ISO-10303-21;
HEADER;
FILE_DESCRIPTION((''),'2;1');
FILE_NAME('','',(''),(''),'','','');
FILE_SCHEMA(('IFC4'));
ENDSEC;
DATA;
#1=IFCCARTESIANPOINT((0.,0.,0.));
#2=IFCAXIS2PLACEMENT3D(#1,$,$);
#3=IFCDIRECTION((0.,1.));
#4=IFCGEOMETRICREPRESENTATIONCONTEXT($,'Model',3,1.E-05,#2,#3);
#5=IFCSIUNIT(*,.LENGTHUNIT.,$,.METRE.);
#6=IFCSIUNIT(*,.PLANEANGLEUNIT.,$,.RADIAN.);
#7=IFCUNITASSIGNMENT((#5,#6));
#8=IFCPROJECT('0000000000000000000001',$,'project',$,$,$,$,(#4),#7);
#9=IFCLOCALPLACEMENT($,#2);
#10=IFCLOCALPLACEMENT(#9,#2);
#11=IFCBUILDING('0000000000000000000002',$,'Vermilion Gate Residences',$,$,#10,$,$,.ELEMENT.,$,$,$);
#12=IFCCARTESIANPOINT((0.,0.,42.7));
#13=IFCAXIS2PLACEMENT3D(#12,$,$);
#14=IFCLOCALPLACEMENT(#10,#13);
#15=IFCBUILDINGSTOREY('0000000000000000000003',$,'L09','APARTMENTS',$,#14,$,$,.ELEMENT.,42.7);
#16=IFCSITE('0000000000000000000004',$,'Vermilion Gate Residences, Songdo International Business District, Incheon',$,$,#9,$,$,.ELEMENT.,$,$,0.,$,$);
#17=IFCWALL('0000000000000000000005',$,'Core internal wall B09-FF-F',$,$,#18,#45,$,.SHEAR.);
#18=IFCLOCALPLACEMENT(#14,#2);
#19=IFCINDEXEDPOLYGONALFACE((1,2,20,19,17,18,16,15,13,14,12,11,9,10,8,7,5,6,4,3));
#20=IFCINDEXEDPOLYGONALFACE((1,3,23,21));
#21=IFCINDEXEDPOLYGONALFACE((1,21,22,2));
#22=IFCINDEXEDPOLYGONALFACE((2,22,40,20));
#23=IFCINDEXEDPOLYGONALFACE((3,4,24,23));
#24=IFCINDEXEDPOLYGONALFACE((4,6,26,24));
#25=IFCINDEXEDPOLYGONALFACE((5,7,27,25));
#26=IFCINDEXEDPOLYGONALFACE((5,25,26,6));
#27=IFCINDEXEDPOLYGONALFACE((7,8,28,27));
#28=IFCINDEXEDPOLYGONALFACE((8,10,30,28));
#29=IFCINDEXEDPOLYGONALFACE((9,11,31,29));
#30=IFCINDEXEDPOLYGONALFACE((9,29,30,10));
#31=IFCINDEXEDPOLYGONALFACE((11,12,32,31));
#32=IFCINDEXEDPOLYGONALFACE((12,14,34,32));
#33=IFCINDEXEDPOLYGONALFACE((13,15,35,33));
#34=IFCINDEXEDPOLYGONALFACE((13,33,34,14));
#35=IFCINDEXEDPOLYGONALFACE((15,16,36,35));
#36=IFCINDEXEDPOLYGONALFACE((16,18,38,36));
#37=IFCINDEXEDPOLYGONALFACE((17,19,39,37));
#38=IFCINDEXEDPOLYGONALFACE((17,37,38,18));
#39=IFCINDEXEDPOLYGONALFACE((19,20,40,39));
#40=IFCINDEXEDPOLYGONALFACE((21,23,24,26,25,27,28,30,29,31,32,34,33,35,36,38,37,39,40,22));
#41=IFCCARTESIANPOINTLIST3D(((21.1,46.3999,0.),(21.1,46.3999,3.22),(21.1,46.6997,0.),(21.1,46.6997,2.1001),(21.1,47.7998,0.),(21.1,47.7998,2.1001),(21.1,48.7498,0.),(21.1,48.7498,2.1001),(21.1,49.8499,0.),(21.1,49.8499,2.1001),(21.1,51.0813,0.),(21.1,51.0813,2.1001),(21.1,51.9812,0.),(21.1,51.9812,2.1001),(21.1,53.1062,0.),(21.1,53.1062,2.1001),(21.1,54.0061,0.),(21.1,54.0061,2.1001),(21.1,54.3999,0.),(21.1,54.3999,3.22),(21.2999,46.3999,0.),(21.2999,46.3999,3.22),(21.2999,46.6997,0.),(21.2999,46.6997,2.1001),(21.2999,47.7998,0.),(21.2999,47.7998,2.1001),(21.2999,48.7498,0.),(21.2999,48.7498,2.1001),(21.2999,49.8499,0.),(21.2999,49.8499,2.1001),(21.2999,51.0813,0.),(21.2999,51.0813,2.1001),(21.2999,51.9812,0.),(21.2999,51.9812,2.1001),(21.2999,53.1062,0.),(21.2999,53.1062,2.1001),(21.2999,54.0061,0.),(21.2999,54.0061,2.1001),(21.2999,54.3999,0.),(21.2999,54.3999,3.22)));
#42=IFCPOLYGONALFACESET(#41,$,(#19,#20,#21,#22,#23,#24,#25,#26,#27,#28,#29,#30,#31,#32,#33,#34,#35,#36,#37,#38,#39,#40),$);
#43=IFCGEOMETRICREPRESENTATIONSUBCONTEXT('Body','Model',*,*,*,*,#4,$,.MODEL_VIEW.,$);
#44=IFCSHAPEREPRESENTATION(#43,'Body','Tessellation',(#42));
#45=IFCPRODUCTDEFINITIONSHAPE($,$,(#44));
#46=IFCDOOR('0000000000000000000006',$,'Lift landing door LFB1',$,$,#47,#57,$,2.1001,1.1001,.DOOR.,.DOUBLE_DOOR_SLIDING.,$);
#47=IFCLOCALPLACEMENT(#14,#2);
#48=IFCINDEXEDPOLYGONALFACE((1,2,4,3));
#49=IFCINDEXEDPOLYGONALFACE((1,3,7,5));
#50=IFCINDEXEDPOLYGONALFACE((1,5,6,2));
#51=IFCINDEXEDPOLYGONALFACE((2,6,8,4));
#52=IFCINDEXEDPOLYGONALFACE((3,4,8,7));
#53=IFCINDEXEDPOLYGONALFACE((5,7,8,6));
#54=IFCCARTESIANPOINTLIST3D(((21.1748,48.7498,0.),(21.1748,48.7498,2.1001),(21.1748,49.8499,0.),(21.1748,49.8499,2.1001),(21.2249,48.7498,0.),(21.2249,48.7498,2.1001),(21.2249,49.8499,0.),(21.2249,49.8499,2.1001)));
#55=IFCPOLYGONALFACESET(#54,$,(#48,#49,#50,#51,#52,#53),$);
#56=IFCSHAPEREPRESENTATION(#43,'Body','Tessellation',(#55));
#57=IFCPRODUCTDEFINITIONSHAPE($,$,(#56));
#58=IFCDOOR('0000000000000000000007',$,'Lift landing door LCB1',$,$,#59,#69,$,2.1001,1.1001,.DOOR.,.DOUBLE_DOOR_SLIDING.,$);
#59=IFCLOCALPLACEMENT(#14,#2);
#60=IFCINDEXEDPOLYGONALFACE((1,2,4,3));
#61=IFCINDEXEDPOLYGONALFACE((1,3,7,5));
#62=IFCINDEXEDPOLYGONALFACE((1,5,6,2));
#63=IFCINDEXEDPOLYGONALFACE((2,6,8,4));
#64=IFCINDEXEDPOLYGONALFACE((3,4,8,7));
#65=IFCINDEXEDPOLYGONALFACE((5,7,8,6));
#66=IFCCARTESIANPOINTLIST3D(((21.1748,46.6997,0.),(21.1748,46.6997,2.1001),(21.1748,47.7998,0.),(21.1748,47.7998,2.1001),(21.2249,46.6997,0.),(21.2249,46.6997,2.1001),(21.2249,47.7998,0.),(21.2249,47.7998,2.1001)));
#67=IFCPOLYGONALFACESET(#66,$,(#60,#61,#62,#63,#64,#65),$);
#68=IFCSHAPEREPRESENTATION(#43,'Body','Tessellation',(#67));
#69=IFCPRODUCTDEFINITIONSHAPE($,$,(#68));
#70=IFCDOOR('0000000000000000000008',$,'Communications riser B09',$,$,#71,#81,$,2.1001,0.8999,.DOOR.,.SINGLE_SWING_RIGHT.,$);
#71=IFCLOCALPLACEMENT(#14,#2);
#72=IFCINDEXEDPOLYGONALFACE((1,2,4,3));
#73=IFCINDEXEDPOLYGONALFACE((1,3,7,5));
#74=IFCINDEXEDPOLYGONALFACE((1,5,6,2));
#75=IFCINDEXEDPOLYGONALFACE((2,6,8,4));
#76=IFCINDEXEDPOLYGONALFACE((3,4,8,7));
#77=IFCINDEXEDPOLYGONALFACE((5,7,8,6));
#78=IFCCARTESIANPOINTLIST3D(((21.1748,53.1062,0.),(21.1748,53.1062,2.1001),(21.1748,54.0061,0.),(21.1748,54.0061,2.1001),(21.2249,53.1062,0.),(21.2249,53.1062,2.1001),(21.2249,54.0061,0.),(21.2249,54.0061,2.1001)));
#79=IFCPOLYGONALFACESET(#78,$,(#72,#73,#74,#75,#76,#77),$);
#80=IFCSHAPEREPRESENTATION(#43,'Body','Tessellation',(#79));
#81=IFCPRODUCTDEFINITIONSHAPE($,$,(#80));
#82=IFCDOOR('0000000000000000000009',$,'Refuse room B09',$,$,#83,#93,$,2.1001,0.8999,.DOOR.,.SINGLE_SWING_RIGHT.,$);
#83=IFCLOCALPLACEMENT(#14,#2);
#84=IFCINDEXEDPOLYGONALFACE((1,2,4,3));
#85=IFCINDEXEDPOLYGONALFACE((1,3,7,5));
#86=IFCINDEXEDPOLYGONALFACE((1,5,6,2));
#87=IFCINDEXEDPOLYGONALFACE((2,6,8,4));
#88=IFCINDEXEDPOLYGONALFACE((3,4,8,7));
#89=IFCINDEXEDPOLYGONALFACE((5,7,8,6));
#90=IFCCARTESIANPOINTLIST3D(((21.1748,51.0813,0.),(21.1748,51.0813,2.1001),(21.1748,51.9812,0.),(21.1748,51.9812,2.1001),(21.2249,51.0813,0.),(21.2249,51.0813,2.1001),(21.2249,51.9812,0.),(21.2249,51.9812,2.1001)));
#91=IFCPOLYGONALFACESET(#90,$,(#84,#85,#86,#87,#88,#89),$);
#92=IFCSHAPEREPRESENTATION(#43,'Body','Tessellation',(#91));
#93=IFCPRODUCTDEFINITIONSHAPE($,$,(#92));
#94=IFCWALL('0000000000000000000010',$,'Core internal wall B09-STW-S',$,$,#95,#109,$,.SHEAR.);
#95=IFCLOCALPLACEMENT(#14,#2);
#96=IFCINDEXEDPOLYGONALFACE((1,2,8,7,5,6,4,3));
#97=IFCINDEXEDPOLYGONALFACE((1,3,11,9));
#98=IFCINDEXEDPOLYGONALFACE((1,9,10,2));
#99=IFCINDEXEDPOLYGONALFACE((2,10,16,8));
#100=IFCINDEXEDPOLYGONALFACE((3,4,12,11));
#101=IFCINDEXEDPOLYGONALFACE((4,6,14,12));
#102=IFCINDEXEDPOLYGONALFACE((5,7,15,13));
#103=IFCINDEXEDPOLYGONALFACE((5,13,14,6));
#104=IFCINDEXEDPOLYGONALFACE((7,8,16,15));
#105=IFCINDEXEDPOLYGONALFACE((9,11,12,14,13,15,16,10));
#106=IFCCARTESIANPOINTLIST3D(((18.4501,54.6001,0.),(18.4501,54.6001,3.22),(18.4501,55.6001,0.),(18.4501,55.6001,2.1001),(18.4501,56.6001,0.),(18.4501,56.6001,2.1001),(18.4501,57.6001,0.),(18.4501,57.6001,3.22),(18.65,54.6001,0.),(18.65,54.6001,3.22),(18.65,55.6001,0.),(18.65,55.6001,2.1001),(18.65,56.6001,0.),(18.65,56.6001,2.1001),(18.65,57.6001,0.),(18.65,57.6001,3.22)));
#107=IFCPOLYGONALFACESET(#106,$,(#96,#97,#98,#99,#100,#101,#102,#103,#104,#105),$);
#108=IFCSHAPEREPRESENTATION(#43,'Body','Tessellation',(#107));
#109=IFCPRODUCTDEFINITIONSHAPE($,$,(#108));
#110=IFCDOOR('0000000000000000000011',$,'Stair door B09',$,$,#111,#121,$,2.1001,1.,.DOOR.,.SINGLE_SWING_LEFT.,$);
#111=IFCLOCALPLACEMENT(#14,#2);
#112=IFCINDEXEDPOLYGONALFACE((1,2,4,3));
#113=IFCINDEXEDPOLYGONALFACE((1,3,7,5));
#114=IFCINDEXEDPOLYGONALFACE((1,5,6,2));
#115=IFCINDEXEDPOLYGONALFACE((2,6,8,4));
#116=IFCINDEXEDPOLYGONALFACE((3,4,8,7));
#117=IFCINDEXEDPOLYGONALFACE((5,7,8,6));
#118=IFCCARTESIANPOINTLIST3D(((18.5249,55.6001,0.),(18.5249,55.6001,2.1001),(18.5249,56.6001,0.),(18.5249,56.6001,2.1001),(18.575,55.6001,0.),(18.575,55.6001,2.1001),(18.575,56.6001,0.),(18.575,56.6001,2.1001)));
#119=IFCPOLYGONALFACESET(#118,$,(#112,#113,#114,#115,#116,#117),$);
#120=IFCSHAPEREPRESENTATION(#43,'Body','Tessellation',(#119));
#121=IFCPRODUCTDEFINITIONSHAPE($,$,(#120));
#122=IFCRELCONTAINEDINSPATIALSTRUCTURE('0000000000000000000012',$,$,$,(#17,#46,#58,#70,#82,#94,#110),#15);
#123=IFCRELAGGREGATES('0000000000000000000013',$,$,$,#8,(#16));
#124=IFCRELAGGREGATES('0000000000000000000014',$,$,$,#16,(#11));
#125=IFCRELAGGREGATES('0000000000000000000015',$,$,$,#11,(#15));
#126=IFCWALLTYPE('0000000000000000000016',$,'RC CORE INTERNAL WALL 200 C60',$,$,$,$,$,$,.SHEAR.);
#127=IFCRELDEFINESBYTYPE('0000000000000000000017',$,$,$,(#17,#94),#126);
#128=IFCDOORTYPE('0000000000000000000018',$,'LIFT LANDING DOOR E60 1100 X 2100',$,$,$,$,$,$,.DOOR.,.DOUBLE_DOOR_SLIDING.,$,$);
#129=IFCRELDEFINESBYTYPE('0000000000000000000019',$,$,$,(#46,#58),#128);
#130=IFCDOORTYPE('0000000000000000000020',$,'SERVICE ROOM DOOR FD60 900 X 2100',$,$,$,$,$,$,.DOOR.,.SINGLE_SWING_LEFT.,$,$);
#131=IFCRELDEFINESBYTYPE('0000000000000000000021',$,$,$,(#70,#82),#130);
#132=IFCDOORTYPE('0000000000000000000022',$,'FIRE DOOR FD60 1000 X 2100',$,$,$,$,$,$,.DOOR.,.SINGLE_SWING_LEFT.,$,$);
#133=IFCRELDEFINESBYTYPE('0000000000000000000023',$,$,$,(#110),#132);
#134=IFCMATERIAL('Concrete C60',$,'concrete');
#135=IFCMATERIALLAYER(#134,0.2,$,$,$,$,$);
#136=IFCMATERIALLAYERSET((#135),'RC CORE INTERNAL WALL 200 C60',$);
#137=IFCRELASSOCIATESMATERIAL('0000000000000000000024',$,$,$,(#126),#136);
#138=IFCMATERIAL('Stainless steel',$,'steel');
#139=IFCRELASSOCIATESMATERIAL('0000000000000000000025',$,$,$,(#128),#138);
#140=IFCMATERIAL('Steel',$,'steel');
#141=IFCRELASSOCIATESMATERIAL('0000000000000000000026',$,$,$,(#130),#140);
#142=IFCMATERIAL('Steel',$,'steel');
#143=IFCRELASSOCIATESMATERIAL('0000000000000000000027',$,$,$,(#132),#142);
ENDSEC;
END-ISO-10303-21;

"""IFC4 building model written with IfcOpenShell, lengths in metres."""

from ifc_helpers import new_model, si_unit, direction, frame, frame_2d, origin, place, context, subcontext, project, spatial, rectangle, extrude, material, layer, layer_set, type_object, element, fill, save


model = new_model("IFC4")

# Units and contexts
model_context = context("Model", 3, precision=1e-05, world=origin(), true_north=direction((0.0, 1.0)))
body_context = subcontext(model_context, "Body", "Model", "MODEL_VIEW")
ifc_project = project(units=[si_unit("LENGTHUNIT", "METRE"), si_unit("PLANEANGLEUNIT", "RADIAN")], contexts=[model_context])

# Site, building, storey
site_placement = place(None, origin())
site = spatial("IfcSite", under=ifc_project, at=site_placement, Name="Vermilion Gate Residences, Songdo International Business District, Incheon", CompositionType="ELEMENT", RefElevation=0.0)
building_placement = place(site_placement, origin())
building = spatial("IfcBuilding", under=site, at=building_placement, Name="Vermilion Gate Residences", CompositionType="ELEMENT")
storey_placement = place(building_placement, frame((0.0, 0.0, 42.7)))
storey = spatial("IfcBuildingStorey", under=building, at=storey_placement, Name="L09", Description="APARTMENTS", CompositionType="ELEMENT", Elevation=42.7)

# Wall, openings, doors
ifc_material_1 = material(Name="Concrete C60", Category="concrete")
ifc_layer_1 = layer(ifc_material_1, 0.2)
ifc_layer_set_1 = layer_set([ifc_layer_1], Name="RC CORE INTERNAL WALL 200 C60")
wall_type_1 = type_object("IfcWallType", Name="RC CORE INTERNAL WALL 200 C60", PredefinedType="SHEAR", material=ifc_layer_set_1)
wall_1_placement = place(storey_placement, frame((21.2, 54.3999, 0.0), z_axis=(0.0, 0.0, 1.0), x_axis=(0.0, -1.0, 0.0)))
wall_1 = element("IfcWall", 1, at=wall_1_placement, inside=storey, type_object=wall_type_1, Name="Core internal wall B09-FF-F", PredefinedType="SHEAR", context=body_context, shape_type="SweptSolid", body=[
    extrude(rectangle(XDim=8.0, YDim=0.2, at=frame_2d((4.0, 0.0))), origin(), (0.0, 0.0, 1.0), 3.22),
])
opening_1_placement = place(wall_1_placement, frame((0.3938, 0.0, 0.0)))
opening_1 = element("IfcOpeningElement", 2, at=opening_1_placement, cuts=wall_1, PredefinedType="OPENING", context=body_context, shape_type="SweptSolid", body=[
    extrude(rectangle(XDim=0.8999, YDim=2.1001, at=frame_2d((0.45, 1.05))), frame((0.0, 0.1099, 0.0), z_axis=(0.0, -1.0, 0.0), x_axis=(1.0, 0.0, 0.0)), (0.0, 0.0, 1.0), 0.22),
])
opening_2_placement = place(wall_1_placement, frame((2.4187, 0.0, 0.0)))
opening_2 = element("IfcOpeningElement", 3, at=opening_2_placement, cuts=wall_1, PredefinedType="OPENING", context=body_context, shape_type="SweptSolid", body=[
    extrude(rectangle(XDim=0.8999, YDim=2.1001, at=frame_2d((0.45, 1.05))), frame((0.0, 0.1099, 0.0), z_axis=(0.0, -1.0, 0.0), x_axis=(1.0, 0.0, 0.0)), (0.0, 0.0, 1.0), 0.22),
])
opening_3_placement = place(wall_1_placement, frame((4.55, 0.0, 0.0)))
opening_3 = element("IfcOpeningElement", 4, at=opening_3_placement, cuts=wall_1, PredefinedType="OPENING", context=body_context, shape_type="SweptSolid", body=[
    extrude(rectangle(XDim=1.1001, YDim=2.1001, at=frame_2d((0.55, 1.05))), frame((0.0, 0.1099, 0.0), z_axis=(0.0, -1.0, 0.0), x_axis=(1.0, 0.0, 0.0)), (0.0, 0.0, 1.0), 0.22),
])
opening_4_placement = place(wall_1_placement, frame((6.6001, 0.0, 0.0)))
opening_4 = element("IfcOpeningElement", 5, at=opening_4_placement, cuts=wall_1, PredefinedType="OPENING", context=body_context, shape_type="SweptSolid", body=[
    extrude(rectangle(XDim=1.1001, YDim=2.1001, at=frame_2d((0.55, 1.05))), frame((0.0, 0.1099, 0.0), z_axis=(0.0, -1.0, 0.0), x_axis=(1.0, 0.0, 0.0)), (0.0, 0.0, 1.0), 0.22),
])
ifc_material_2 = material(Name="Stainless steel", Category="steel")
door_type_1 = type_object("IfcDoorType", Name="LIFT LANDING DOOR E60 1100 X 2100", OperationType="DOUBLE_DOOR_SLIDING", PredefinedType="DOOR", material=ifc_material_2)
door_1_placement = place(opening_3_placement, origin())
door_1 = element("IfcDoor", 6, at=door_1_placement, inside=storey, type_object=door_type_1, Name="Lift landing door LFB1", OperationType="DOUBLE_DOOR_SLIDING", OverallHeight=2.1001, OverallWidth=1.1001, PredefinedType="DOOR", context=body_context, shape_type="SweptSolid", body=[
    extrude(rectangle(XDim=1.1001, YDim=2.1001, at=frame_2d((0.55, 1.05))), frame((0.0, 0.0249, 0.0), z_axis=(0.0, -1.0, 0.0), x_axis=(1.0, 0.0, 0.0)), (0.0, 0.0, 1.0), 0.05),
])
fill(opening_3, door_1)
door_2_placement = place(opening_4_placement, origin())
door_2 = element("IfcDoor", 7, at=door_2_placement, inside=storey, type_object=door_type_1, Name="Lift landing door LCB1", OperationType="DOUBLE_DOOR_SLIDING", OverallHeight=2.1001, OverallWidth=1.1001, PredefinedType="DOOR", context=body_context, shape_type="SweptSolid", body=[
    extrude(rectangle(XDim=1.1001, YDim=2.1001, at=frame_2d((0.55, 1.05))), frame((0.0, 0.0249, 0.0), z_axis=(0.0, -1.0, 0.0), x_axis=(1.0, 0.0, 0.0)), (0.0, 0.0, 1.0), 0.05),
])
fill(opening_4, door_2)
ifc_material_3 = material(Name="Steel", Category="steel")
door_type_2 = type_object("IfcDoorType", Name="SERVICE ROOM DOOR FD60 900 X 2100", OperationType="SINGLE_SWING_LEFT", PredefinedType="DOOR", material=ifc_material_3)
door_3_placement = place(opening_1_placement, origin())
door_3 = element("IfcDoor", 8, at=door_3_placement, inside=storey, type_object=door_type_2, Name="Communications riser B09", OperationType="SINGLE_SWING_RIGHT", OverallHeight=2.1001, OverallWidth=0.8999, PredefinedType="DOOR", context=body_context, shape_type="SweptSolid", body=[
    extrude(rectangle(XDim=0.8999, YDim=2.1001, at=frame_2d((0.45, 1.05))), frame((0.0, 0.0249, 0.0), z_axis=(0.0, -1.0, 0.0), x_axis=(1.0, 0.0, 0.0)), (0.0, 0.0, 1.0), 0.05),
])
fill(opening_1, door_3)
door_4_placement = place(opening_2_placement, origin())
door_4 = element("IfcDoor", 9, at=door_4_placement, inside=storey, type_object=door_type_2, Name="Refuse room B09", OperationType="SINGLE_SWING_RIGHT", OverallHeight=2.1001, OverallWidth=0.8999, PredefinedType="DOOR", context=body_context, shape_type="SweptSolid", body=[
    extrude(rectangle(XDim=0.8999, YDim=2.1001, at=frame_2d((0.45, 1.05))), frame((0.0, 0.0249, 0.0), z_axis=(0.0, -1.0, 0.0), x_axis=(1.0, 0.0, 0.0)), (0.0, 0.0, 1.0), 0.05),
])
fill(opening_2, door_4)

# Wall, opening, door
wall_2_placement = place(storey_placement, frame((18.55, 57.6001, 0.0), z_axis=(0.0, 0.0, 1.0), x_axis=(0.0, -1.0, 0.0)))
wall_2 = element("IfcWall", 10, at=wall_2_placement, inside=storey, type_object=wall_type_1, Name="Core internal wall B09-STW-S", PredefinedType="SHEAR", context=body_context, shape_type="SweptSolid", body=[
    extrude(rectangle(XDim=3.0, YDim=0.2, at=frame_2d((1.5, 0.0))), origin(), (0.0, 0.0, 1.0), 3.22),
])
opening_5_placement = place(wall_2_placement, frame((1.0, 0.0, 0.0)))
opening_5 = element("IfcOpeningElement", 11, at=opening_5_placement, cuts=wall_2, PredefinedType="OPENING", context=body_context, shape_type="SweptSolid", body=[
    extrude(rectangle(XDim=1.0, YDim=2.1001, at=frame_2d((0.5, 1.05))), frame((0.0, 0.1099, 0.0), z_axis=(0.0, -1.0, 0.0), x_axis=(1.0, 0.0, 0.0)), (0.0, 0.0, 1.0), 0.22),
])
ifc_material_4 = material(Name="Steel", Category="steel")
door_type_3 = type_object("IfcDoorType", Name="FIRE DOOR FD60 1000 X 2100", OperationType="SINGLE_SWING_LEFT", PredefinedType="DOOR", material=ifc_material_4)
door_5_placement = place(opening_5_placement, origin())
door_5 = element("IfcDoor", 12, at=door_5_placement, inside=storey, type_object=door_type_3, Name="Stair door B09", OperationType="SINGLE_SWING_LEFT", OverallHeight=2.1001, OverallWidth=1.0, PredefinedType="DOOR", context=body_context, shape_type="SweptSolid", body=[
    extrude(rectangle(XDim=1.0, YDim=2.1001, at=frame_2d((0.5, 1.05))), frame((0.0, 0.0249, 0.0), z_axis=(0.0, -1.0, 0.0), x_axis=(1.0, 0.0, 0.0)), (0.0, 0.0, 1.0), 0.05),
])
fill(opening_5, door_5)

save(model, "model.ifc")
